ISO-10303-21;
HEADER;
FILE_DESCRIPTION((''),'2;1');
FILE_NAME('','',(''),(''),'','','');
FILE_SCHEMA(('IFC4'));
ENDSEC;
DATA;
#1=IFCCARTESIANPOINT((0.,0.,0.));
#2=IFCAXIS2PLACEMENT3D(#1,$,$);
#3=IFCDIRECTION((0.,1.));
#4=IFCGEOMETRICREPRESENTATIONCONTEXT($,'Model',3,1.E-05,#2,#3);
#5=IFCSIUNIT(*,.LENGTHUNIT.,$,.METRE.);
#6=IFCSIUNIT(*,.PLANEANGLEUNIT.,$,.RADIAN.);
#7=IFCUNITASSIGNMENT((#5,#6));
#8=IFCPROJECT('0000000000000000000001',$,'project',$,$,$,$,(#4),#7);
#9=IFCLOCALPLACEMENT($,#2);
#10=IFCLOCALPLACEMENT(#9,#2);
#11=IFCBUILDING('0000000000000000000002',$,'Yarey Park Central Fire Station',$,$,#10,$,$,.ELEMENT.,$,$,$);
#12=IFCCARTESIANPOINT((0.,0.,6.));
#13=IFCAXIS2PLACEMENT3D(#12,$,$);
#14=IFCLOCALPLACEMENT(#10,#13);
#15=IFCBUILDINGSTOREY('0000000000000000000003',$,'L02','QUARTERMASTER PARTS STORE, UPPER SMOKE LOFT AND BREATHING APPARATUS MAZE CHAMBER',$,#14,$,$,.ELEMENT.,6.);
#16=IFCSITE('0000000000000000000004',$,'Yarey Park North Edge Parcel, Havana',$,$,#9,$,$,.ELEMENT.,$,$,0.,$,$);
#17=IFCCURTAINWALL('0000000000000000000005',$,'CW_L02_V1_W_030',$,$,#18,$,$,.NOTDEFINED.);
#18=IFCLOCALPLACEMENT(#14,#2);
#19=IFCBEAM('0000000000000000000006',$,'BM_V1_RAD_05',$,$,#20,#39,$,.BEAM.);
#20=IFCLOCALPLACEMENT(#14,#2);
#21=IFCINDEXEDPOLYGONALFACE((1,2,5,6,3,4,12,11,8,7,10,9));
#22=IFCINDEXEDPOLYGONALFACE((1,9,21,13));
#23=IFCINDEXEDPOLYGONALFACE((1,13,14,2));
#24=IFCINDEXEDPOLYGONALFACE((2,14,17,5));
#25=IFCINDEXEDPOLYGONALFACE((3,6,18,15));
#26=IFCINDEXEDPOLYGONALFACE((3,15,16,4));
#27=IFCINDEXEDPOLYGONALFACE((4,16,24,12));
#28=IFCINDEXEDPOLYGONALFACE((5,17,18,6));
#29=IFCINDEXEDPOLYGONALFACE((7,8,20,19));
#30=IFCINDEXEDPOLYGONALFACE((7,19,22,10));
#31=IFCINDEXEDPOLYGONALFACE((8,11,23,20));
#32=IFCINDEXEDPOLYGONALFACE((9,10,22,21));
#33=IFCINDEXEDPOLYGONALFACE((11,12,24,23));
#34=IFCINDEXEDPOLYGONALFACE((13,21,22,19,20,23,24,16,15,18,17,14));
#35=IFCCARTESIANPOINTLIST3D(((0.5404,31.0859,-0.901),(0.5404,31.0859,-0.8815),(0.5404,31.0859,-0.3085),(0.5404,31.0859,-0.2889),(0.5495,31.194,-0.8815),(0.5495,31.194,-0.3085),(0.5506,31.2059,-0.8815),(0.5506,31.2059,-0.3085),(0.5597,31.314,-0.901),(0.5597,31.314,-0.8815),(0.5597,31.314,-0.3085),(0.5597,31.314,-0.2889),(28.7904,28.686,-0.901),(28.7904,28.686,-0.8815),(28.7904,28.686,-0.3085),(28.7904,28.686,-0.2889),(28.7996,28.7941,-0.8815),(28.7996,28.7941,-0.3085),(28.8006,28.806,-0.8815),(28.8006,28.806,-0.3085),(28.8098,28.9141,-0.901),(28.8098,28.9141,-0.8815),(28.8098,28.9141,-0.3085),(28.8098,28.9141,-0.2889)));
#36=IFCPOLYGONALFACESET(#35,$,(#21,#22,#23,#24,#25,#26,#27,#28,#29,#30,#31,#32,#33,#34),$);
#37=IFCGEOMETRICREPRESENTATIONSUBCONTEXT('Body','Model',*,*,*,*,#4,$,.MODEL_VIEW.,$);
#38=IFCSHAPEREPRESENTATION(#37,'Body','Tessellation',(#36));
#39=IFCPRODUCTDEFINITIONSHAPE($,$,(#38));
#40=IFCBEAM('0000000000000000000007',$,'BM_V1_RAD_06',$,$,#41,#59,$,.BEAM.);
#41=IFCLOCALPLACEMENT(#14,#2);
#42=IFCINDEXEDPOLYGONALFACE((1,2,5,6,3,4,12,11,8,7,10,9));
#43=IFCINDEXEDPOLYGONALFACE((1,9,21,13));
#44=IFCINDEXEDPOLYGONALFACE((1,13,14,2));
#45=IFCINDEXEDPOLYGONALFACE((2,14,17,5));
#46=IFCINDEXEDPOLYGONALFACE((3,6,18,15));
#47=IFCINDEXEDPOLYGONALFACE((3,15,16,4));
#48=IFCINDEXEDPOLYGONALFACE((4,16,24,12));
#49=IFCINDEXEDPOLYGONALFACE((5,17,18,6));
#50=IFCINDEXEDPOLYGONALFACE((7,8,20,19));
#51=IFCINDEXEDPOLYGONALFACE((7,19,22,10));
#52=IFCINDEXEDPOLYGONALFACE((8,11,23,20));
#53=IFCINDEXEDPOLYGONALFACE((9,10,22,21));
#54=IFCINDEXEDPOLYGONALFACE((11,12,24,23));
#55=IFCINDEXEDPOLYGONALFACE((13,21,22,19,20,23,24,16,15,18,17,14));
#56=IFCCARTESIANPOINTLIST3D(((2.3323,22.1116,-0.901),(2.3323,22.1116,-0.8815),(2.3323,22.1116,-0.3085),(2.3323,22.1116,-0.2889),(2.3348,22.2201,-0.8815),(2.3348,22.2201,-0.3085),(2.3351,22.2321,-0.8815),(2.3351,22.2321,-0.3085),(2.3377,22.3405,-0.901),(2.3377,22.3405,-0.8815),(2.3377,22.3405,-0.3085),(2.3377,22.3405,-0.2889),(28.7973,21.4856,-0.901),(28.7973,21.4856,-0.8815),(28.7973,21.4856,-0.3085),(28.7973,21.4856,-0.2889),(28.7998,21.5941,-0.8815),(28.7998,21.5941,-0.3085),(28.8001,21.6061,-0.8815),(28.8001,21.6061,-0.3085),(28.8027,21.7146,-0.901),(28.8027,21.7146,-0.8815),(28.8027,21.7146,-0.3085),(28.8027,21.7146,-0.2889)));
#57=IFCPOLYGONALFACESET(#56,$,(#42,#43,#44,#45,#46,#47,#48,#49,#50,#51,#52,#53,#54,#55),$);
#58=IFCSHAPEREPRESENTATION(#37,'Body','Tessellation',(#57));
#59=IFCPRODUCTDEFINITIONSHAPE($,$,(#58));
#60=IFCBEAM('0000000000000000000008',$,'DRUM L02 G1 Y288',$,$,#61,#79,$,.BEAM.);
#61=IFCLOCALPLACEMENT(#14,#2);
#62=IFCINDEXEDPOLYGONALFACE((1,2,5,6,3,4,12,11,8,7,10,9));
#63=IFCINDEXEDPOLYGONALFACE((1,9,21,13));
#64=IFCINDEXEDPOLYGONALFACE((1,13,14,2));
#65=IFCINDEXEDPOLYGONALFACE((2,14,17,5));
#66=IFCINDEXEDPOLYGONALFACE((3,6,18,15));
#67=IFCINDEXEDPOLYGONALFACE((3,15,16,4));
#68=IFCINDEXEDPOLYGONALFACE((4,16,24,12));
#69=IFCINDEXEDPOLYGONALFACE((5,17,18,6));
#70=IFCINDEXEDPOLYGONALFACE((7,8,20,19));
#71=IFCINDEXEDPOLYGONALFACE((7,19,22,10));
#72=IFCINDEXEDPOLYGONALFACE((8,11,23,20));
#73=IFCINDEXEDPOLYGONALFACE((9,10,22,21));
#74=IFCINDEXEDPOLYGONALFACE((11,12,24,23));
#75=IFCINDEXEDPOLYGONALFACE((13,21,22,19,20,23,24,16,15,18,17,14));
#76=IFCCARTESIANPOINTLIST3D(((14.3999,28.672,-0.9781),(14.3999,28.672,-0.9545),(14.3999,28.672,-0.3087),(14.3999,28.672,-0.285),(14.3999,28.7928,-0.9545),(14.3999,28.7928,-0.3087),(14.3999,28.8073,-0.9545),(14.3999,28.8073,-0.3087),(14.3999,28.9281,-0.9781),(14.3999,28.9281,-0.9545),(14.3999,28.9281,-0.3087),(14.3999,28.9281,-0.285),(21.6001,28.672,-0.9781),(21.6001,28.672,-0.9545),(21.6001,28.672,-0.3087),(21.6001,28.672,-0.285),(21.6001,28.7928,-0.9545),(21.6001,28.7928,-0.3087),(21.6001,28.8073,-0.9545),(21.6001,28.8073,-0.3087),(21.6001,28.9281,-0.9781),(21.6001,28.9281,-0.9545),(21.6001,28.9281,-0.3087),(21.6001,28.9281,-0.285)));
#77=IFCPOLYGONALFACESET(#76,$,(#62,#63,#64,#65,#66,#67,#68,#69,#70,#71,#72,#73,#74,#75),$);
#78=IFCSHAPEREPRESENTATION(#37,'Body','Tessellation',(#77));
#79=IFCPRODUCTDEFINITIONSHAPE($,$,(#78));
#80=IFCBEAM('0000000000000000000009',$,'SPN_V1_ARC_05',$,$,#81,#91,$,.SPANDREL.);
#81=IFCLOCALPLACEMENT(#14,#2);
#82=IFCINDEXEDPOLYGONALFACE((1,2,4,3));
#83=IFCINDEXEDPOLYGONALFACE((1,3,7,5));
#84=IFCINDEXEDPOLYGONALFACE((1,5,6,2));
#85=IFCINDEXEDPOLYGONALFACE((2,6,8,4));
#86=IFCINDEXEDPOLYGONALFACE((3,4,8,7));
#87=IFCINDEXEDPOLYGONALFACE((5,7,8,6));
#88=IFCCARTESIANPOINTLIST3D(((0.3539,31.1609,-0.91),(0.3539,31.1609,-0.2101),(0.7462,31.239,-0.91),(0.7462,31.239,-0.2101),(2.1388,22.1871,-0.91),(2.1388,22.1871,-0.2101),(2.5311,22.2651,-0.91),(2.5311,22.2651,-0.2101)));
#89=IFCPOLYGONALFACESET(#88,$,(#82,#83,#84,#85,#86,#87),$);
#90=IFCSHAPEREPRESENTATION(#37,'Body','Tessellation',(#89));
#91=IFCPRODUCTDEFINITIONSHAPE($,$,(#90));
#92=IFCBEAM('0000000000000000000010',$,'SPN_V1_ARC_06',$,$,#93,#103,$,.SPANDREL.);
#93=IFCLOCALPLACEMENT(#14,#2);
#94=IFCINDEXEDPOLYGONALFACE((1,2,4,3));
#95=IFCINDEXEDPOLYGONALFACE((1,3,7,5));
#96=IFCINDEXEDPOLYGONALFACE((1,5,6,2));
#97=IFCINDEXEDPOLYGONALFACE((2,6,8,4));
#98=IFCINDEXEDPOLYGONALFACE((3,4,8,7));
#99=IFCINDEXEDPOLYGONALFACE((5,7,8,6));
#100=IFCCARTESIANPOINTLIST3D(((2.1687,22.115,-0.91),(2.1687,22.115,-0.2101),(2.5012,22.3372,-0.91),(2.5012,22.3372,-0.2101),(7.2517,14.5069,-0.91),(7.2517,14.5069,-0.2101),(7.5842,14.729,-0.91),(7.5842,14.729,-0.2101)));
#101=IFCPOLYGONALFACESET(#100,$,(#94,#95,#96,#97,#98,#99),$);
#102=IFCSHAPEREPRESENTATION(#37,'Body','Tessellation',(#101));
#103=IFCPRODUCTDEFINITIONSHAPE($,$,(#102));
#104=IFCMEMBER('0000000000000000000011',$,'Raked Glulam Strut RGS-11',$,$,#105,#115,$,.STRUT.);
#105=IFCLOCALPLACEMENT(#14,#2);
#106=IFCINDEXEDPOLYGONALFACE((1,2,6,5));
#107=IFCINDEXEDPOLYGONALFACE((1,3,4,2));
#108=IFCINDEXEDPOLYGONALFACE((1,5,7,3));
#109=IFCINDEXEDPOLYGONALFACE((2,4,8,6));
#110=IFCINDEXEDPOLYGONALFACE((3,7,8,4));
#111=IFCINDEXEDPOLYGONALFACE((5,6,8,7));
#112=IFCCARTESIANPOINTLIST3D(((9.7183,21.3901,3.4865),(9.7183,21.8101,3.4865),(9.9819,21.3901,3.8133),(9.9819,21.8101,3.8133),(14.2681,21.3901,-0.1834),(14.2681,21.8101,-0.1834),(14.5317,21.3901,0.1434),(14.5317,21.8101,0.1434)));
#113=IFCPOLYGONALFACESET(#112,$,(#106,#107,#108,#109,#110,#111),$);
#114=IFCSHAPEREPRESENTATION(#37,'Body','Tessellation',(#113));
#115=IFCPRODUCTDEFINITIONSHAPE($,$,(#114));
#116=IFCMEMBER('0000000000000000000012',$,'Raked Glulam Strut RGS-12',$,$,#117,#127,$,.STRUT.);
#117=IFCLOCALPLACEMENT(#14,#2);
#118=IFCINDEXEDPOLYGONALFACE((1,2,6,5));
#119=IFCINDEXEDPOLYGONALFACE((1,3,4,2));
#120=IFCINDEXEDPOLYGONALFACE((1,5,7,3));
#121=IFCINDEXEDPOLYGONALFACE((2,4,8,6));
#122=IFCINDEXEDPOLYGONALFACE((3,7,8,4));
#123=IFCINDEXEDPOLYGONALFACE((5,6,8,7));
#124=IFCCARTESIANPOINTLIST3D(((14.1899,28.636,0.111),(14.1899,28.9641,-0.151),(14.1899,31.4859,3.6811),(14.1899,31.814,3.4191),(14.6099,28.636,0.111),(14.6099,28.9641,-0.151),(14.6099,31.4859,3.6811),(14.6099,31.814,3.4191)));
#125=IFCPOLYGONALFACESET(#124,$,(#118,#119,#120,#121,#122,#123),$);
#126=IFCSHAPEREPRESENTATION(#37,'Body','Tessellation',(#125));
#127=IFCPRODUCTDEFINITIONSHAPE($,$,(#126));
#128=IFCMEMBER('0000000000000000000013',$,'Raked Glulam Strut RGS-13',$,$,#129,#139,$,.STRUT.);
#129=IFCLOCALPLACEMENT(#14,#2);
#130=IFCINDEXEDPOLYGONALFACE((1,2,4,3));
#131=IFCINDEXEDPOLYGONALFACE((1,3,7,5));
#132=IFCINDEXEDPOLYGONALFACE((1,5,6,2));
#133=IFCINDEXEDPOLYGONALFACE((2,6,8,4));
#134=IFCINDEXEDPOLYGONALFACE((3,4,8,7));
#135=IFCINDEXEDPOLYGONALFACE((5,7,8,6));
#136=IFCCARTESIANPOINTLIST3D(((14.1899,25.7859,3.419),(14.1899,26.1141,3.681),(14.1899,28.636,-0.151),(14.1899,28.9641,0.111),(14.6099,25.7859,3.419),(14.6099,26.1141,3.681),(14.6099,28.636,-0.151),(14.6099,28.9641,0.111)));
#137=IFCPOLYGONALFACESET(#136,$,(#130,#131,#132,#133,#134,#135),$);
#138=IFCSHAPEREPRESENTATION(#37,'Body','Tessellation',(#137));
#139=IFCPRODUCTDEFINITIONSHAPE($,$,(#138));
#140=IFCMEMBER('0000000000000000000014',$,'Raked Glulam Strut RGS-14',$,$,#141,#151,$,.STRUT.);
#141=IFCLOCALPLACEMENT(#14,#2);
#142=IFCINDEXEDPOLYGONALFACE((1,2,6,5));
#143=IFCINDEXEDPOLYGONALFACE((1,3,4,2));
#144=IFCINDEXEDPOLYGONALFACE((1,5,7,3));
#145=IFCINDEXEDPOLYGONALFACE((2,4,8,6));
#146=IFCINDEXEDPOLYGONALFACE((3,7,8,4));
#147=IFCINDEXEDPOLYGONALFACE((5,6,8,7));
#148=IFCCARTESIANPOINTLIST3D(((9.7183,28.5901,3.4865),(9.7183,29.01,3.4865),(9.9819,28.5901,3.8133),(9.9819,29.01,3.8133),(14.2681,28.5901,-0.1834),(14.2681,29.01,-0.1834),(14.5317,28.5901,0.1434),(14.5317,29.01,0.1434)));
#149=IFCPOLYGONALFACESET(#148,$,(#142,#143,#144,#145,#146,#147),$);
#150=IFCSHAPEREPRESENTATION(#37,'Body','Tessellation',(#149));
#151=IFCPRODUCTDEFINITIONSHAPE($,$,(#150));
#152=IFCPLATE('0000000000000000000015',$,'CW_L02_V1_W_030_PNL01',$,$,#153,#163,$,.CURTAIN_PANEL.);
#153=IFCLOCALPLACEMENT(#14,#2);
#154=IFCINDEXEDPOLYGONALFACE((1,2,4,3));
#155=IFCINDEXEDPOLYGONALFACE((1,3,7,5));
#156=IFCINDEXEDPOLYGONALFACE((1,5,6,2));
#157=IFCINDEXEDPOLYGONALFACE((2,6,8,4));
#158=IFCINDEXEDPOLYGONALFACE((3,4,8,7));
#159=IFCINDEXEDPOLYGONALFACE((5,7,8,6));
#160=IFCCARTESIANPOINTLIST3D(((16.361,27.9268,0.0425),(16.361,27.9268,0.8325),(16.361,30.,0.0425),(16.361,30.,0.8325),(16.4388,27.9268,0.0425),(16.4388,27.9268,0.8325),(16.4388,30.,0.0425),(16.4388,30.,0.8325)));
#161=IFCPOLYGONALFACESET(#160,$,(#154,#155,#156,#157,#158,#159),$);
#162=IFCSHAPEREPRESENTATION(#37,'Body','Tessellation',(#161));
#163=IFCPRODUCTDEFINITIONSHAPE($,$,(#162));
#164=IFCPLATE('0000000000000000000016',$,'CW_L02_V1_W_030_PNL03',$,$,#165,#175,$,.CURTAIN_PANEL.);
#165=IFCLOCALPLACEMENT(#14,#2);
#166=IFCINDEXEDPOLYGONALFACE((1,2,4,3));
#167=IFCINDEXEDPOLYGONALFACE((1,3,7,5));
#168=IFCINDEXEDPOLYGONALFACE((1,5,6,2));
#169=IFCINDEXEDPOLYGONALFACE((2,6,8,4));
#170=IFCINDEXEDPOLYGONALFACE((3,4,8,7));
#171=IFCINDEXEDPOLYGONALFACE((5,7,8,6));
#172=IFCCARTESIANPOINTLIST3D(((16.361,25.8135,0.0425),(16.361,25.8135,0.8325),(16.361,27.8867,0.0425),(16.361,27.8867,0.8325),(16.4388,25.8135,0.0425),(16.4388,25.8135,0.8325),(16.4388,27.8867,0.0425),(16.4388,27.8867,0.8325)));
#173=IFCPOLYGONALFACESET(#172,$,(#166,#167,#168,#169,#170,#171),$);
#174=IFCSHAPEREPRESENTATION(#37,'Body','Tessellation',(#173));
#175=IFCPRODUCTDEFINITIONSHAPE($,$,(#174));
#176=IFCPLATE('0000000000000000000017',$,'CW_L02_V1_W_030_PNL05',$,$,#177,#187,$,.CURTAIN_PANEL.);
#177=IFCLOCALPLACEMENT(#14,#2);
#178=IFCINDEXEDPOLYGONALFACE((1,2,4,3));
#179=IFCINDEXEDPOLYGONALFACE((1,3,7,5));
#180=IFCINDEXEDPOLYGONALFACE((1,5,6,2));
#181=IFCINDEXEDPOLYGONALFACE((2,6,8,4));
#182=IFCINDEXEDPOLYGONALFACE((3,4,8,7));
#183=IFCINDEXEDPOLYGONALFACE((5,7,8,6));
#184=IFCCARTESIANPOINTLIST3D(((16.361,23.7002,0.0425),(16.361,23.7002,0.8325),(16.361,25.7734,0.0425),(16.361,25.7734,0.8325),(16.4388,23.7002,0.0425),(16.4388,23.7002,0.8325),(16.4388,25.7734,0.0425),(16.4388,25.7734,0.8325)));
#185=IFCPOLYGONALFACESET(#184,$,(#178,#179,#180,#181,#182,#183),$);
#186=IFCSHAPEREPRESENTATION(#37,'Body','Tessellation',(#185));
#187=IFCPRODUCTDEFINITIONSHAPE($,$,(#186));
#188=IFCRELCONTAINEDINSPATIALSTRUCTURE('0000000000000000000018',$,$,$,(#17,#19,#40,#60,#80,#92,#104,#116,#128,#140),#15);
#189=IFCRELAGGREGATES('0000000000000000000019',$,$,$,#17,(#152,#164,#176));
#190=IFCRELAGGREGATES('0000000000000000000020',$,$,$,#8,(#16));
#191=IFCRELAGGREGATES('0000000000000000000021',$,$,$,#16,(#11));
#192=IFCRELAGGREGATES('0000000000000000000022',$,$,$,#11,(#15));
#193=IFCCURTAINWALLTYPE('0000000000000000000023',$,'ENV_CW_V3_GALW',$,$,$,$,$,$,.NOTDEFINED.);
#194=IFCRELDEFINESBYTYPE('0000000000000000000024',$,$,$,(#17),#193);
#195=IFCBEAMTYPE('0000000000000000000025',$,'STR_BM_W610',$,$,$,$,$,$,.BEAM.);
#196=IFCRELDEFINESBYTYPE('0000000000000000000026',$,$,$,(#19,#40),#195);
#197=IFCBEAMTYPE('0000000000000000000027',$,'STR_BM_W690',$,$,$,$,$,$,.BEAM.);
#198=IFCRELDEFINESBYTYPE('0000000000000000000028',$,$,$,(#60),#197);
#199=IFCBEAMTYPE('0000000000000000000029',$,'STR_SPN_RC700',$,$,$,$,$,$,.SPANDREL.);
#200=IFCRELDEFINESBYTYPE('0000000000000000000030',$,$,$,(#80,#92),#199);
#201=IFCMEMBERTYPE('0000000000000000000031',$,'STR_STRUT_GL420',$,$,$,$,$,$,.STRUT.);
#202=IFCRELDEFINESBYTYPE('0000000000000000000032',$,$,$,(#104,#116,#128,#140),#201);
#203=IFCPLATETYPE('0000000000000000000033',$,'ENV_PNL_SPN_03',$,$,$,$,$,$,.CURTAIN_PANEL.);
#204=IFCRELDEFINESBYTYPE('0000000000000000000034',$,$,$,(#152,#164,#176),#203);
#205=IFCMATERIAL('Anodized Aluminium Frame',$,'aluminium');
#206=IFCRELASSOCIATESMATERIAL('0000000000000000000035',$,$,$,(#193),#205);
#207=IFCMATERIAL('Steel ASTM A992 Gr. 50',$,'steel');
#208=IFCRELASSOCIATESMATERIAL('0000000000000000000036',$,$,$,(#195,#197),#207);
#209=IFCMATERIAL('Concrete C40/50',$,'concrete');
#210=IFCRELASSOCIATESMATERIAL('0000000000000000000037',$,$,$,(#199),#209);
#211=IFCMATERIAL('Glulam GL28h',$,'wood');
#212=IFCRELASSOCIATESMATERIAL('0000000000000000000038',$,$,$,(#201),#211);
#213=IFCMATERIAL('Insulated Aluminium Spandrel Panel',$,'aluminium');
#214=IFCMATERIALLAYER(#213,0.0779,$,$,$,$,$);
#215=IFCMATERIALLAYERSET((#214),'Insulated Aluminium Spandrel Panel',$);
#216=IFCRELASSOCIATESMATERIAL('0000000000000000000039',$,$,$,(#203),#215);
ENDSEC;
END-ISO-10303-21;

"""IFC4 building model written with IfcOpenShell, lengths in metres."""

from ifc_helpers import new_model, si_unit, direction, frame, origin, origin_2d, place, context, subcontext, project, spatial, rectangle, i_section, extrude, material, layer, layer_set, material_profile, profile_set, type_object, element, aggregate, save


model = new_model("IFC4")

# Units and contexts
model_context = context("Model", 3, precision=1e-05, world=origin(), true_north=direction((0.0, 1.0)))
body_context = subcontext(model_context, "Body", "Model", "MODEL_VIEW")
ifc_project = project(units=[si_unit("LENGTHUNIT", "METRE"), si_unit("PLANEANGLEUNIT", "RADIAN")], contexts=[model_context])

# Site, building, storey
site_placement = place(None, origin())
site = spatial("IfcSite", under=ifc_project, at=site_placement, Name="Yarey Park North Edge Parcel, Havana", CompositionType="ELEMENT", RefElevation=0.0)
building_placement = place(site_placement, origin())
building = spatial("IfcBuilding", under=site, at=building_placement, Name="Yarey Park Central Fire Station", CompositionType="ELEMENT")
storey_placement = place(building_placement, frame((0.0, 0.0, 6.0)))
storey = spatial("IfcBuildingStorey", under=building, at=storey_placement, Name="L02", Description="QUARTERMASTER PARTS STORE, UPPER SMOKE LOFT AND BREATHING APPARATUS MAZE CHAMBER", CompositionType="ELEMENT", Elevation=6.0)

# Shared definitions
ifc_material_1 = material(Name="Steel ASTM A992 Gr. 50", Category="steel")

# Curtain wall
ifc_material_2 = material(Name="Anodized Aluminium Frame", Category="aluminium")
curtain_wall_type = type_object("IfcCurtainWallType", Name="ENV_CW_V3_GALW", PredefinedType="NOTDEFINED", material=ifc_material_2)
curtain_wall_1_placement = place(storey_placement, origin())
curtain_wall_1 = element("IfcCurtainWall", 1, at=curtain_wall_1_placement, inside=storey, type_object=curtain_wall_type, Name="CW_L02_V1_W_030", PredefinedType="NOTDEFINED")

# Beams
ifc_material_profile_1 = material_profile(ifc_material_1, i_section(OverallWidth=0.229, OverallDepth=0.6121, WebThickness=0.012, FlangeThickness=0.0195, at=origin_2d()), Name="W610x125")
ifc_profile_set_1 = profile_set([ifc_material_profile_1], Name="Steel ASTM A992 Gr. 50")
beam_type_1 = type_object("IfcBeamType", Name="STR_BM_W610", PredefinedType="BEAM", material=ifc_profile_set_1)
beam_1_placement = place(storey_placement, frame((0.55, 31.2, -0.595), z_axis=(0.996411, -0.084647, 0.0), x_axis=(0.084647, 0.996411, 0.0)))
element("IfcBeam", 2, at=beam_1_placement, inside=storey, type_object=beam_type_1, Name="BM_V1_RAD_05", PredefinedType="BEAM", context=body_context, shape_type="SweptSolid", body=[
    extrude(i_section(OverallWidth=0.229, OverallDepth=0.6121, WebThickness=0.012, FlangeThickness=0.0195, at=origin_2d()), origin(), (0.0, 0.0, 1.0), 28.3518),
])
beam_2_placement = place(storey_placement, frame((2.335, 22.2261, -0.595), z_axis=(0.99972, -0.023646, 0.0), x_axis=(0.023646, 0.99972, 0.0)))
element("IfcBeam", 3, at=beam_2_placement, inside=storey, type_object=beam_type_1, Name="BM_V1_RAD_06", PredefinedType="BEAM", context=body_context, shape_type="SweptSolid", body=[
    extrude(i_section(OverallWidth=0.229, OverallDepth=0.6121, WebThickness=0.012, FlangeThickness=0.0195, at=origin_2d()), origin(), (0.0, 0.0, 1.0), 26.4724),
])
ifc_material_profile_2 = material_profile(ifc_material_1, i_section(OverallWidth=0.2561, OverallDepth=0.6931, WebThickness=0.0144, FlangeThickness=0.0237, at=origin_2d()), Name="W690x170")
ifc_profile_set_2 = profile_set([ifc_material_profile_2], Name="Steel ASTM A992 Gr. 50")
beam_type_2 = type_object("IfcBeamType", Name="STR_BM_W690", PredefinedType="BEAM", material=ifc_profile_set_2)
beam_3_placement = place(storey_placement, frame((14.3999, 28.8, -0.6316), z_axis=(1.0, 0.0, 0.0), x_axis=(0.0, 1.0, 0.0)))
element("IfcBeam", 4, at=beam_3_placement, inside=storey, type_object=beam_type_2, Name="DRUM L02 G1 Y288", PredefinedType="BEAM", context=body_context, shape_type="SweptSolid", body=[
    extrude(i_section(OverallWidth=0.2561, OverallDepth=0.6931, WebThickness=0.0144, FlangeThickness=0.0237, at=origin_2d()), origin(), (0.0, 0.0, 1.0), 7.2002),
])
ifc_material_3 = material(Name="Concrete C40/50", Category="concrete")
ifc_material_profile_3 = material_profile(ifc_material_3, rectangle(XDim=0.3999, YDim=0.7, at=origin_2d()), Name="RC 400x700")
ifc_profile_set_3 = profile_set([ifc_material_profile_3], Name="Concrete C40/50")
beam_type_3 = type_object("IfcBeamType", Name="STR_SPN_RC700", PredefinedType="SPANDREL", material=ifc_profile_set_3)
beam_4_placement = place(storey_placement, frame((0.55, 31.2, -0.5601), z_axis=(0.195079, -0.980787, 0.0), x_axis=(0.980787, 0.195079, 0.0)))
element("IfcBeam", 5, at=beam_4_placement, inside=storey, type_object=beam_type_3, Name="SPN_V1_ARC_05", PredefinedType="SPANDREL", context=body_context, shape_type="SweptSolid", body=[
    extrude(rectangle(XDim=0.3999, YDim=0.7, at=origin_2d()), origin(), (0.0, 0.0, 1.0), 9.1497),
])
beam_5_placement = place(storey_placement, frame((2.335, 22.2261, -0.5601), z_axis=(0.555525, -0.8315, 0.0), x_axis=(0.8315, 0.555525, 0.0)))
element("IfcBeam", 6, at=beam_5_placement, inside=storey, type_object=beam_type_3, Name="SPN_V1_ARC_06", PredefinedType="SPANDREL", context=body_context, shape_type="SweptSolid", body=[
    extrude(rectangle(XDim=0.3999, YDim=0.7, at=origin_2d()), origin(), (0.0, 0.0, 1.0), 9.1499),
])

# Members
ifc_material_4 = material(Name="Glulam GL28h", Category="wood")
ifc_material_profile_4 = material_profile(ifc_material_4, rectangle(XDim=0.4199, YDim=0.4199, at=origin_2d()), Name="GL 420x420")
ifc_profile_set_4 = profile_set([ifc_material_profile_4], Name="Glulam GL28h")
member_type_1 = type_object("IfcMemberType", Name="STR_STRUT_GL420", PredefinedType="STRUT", material=ifc_profile_set_4)
member_1_placement = place(storey_placement, frame((14.3999, 21.6001, -0.02), z_axis=(-0.778352, 0.0, 0.627828), x_axis=(0.0, -1.0, 0.0)))
element("IfcMember", 7, at=member_1_placement, inside=storey, type_object=member_type_1, Name="Raked Glulam Strut RGS-11", PredefinedType="STRUT", context=body_context, shape_type="SweptSolid", body=[
    extrude(rectangle(XDim=0.4199, YDim=0.4199, at=origin_2d()), origin(), (0.0, 0.0, 1.0), 5.8455),
])
for number, where, z_axis, x_axis, name in (
    (8, (14.3999, 28.8, -0.02), (0.0, 0.623867, 0.781531), (-1.0, 0.0, 0.0), "Raked Glulam Strut RGS-12"),
    (9, (14.3999, 28.8, -0.02), (0.0, -0.6239, 0.781505), (1.0, 0.0, 0.0), "Raked Glulam Strut RGS-13"),
):
    element("IfcMember", number, at=place(storey_placement, frame(where, z_axis=z_axis, x_axis=x_axis)), inside=storey, type_object=member_type_1, Name=name, PredefinedType="STRUT", context=body_context, shape_type="SweptSolid", body=[
        extrude(rectangle(XDim=0.4199, YDim=0.4199, at=origin_2d()), origin(), (0.0, 0.0, 1.0), 4.5681),
    ])
member_2_placement = place(storey_placement, frame((14.3999, 28.8, -0.02), z_axis=(-0.778352, 0.0, 0.627828), x_axis=(0.0, -1.0, 0.0)))
element("IfcMember", 10, at=member_2_placement, inside=storey, type_object=member_type_1, Name="Raked Glulam Strut RGS-14", PredefinedType="STRUT", context=body_context, shape_type="SweptSolid", body=[
    extrude(rectangle(XDim=0.4199, YDim=0.4199, at=origin_2d()), origin(), (0.0, 0.0, 1.0), 5.8455),
])

# Plates
ifc_material_5 = material(Name="Insulated Aluminium Spandrel Panel", Category="aluminium")
ifc_layer_1 = layer(ifc_material_5, 0.0779)
ifc_layer_set_1 = layer_set([ifc_layer_1], Name="Insulated Aluminium Spandrel Panel")
plate_type_1 = type_object("IfcPlateType", Name="ENV_PNL_SPN_03", PredefinedType="CURTAIN_PANEL", material=ifc_layer_set_1)
plate_1_placement = place(storey_placement, frame((16.3999, 28.9634, 0.0425), z_axis=(0.0, 0.0, 1.0), x_axis=(0.0, -1.0, 0.0)))
plate_1 = element("IfcPlate", 11, at=plate_1_placement, type_object=plate_type_1, Name="CW_L02_V1_W_030_PNL01", PredefinedType="CURTAIN_PANEL", context=body_context, shape_type="SweptSolid", body=[
    extrude(rectangle(XDim=2.0732, YDim=0.0779, at=origin_2d()), origin(), (0.0, 0.0, 1.0), 0.79),
])
plate_2_placement = place(storey_placement, frame((16.3999, 26.8501, 0.0425), z_axis=(0.0, 0.0, 1.0), x_axis=(0.0, -1.0, 0.0)))
plate_2 = element("IfcPlate", 12, at=plate_2_placement, type_object=plate_type_1, Name="CW_L02_V1_W_030_PNL03", PredefinedType="CURTAIN_PANEL", context=body_context, shape_type="SweptSolid", body=[
    extrude(rectangle(XDim=2.0732, YDim=0.0779, at=origin_2d()), origin(), (0.0, 0.0, 1.0), 0.79),
])
plate_3_placement = place(storey_placement, frame((16.3999, 24.7368, 0.0425), z_axis=(0.0, 0.0, 1.0), x_axis=(0.0, -1.0, 0.0)))
plate_3 = element("IfcPlate", 13, at=plate_3_placement, type_object=plate_type_1, Name="CW_L02_V1_W_030_PNL05", PredefinedType="CURTAIN_PANEL", context=body_context, shape_type="SweptSolid", body=[
    extrude(rectangle(XDim=2.0732, YDim=0.0779, at=origin_2d()), origin(), (0.0, 0.0, 1.0), 0.79),
])
aggregate(curtain_wall_1, [plate_1, plate_2, plate_3])

save(model, "model.ifc")
